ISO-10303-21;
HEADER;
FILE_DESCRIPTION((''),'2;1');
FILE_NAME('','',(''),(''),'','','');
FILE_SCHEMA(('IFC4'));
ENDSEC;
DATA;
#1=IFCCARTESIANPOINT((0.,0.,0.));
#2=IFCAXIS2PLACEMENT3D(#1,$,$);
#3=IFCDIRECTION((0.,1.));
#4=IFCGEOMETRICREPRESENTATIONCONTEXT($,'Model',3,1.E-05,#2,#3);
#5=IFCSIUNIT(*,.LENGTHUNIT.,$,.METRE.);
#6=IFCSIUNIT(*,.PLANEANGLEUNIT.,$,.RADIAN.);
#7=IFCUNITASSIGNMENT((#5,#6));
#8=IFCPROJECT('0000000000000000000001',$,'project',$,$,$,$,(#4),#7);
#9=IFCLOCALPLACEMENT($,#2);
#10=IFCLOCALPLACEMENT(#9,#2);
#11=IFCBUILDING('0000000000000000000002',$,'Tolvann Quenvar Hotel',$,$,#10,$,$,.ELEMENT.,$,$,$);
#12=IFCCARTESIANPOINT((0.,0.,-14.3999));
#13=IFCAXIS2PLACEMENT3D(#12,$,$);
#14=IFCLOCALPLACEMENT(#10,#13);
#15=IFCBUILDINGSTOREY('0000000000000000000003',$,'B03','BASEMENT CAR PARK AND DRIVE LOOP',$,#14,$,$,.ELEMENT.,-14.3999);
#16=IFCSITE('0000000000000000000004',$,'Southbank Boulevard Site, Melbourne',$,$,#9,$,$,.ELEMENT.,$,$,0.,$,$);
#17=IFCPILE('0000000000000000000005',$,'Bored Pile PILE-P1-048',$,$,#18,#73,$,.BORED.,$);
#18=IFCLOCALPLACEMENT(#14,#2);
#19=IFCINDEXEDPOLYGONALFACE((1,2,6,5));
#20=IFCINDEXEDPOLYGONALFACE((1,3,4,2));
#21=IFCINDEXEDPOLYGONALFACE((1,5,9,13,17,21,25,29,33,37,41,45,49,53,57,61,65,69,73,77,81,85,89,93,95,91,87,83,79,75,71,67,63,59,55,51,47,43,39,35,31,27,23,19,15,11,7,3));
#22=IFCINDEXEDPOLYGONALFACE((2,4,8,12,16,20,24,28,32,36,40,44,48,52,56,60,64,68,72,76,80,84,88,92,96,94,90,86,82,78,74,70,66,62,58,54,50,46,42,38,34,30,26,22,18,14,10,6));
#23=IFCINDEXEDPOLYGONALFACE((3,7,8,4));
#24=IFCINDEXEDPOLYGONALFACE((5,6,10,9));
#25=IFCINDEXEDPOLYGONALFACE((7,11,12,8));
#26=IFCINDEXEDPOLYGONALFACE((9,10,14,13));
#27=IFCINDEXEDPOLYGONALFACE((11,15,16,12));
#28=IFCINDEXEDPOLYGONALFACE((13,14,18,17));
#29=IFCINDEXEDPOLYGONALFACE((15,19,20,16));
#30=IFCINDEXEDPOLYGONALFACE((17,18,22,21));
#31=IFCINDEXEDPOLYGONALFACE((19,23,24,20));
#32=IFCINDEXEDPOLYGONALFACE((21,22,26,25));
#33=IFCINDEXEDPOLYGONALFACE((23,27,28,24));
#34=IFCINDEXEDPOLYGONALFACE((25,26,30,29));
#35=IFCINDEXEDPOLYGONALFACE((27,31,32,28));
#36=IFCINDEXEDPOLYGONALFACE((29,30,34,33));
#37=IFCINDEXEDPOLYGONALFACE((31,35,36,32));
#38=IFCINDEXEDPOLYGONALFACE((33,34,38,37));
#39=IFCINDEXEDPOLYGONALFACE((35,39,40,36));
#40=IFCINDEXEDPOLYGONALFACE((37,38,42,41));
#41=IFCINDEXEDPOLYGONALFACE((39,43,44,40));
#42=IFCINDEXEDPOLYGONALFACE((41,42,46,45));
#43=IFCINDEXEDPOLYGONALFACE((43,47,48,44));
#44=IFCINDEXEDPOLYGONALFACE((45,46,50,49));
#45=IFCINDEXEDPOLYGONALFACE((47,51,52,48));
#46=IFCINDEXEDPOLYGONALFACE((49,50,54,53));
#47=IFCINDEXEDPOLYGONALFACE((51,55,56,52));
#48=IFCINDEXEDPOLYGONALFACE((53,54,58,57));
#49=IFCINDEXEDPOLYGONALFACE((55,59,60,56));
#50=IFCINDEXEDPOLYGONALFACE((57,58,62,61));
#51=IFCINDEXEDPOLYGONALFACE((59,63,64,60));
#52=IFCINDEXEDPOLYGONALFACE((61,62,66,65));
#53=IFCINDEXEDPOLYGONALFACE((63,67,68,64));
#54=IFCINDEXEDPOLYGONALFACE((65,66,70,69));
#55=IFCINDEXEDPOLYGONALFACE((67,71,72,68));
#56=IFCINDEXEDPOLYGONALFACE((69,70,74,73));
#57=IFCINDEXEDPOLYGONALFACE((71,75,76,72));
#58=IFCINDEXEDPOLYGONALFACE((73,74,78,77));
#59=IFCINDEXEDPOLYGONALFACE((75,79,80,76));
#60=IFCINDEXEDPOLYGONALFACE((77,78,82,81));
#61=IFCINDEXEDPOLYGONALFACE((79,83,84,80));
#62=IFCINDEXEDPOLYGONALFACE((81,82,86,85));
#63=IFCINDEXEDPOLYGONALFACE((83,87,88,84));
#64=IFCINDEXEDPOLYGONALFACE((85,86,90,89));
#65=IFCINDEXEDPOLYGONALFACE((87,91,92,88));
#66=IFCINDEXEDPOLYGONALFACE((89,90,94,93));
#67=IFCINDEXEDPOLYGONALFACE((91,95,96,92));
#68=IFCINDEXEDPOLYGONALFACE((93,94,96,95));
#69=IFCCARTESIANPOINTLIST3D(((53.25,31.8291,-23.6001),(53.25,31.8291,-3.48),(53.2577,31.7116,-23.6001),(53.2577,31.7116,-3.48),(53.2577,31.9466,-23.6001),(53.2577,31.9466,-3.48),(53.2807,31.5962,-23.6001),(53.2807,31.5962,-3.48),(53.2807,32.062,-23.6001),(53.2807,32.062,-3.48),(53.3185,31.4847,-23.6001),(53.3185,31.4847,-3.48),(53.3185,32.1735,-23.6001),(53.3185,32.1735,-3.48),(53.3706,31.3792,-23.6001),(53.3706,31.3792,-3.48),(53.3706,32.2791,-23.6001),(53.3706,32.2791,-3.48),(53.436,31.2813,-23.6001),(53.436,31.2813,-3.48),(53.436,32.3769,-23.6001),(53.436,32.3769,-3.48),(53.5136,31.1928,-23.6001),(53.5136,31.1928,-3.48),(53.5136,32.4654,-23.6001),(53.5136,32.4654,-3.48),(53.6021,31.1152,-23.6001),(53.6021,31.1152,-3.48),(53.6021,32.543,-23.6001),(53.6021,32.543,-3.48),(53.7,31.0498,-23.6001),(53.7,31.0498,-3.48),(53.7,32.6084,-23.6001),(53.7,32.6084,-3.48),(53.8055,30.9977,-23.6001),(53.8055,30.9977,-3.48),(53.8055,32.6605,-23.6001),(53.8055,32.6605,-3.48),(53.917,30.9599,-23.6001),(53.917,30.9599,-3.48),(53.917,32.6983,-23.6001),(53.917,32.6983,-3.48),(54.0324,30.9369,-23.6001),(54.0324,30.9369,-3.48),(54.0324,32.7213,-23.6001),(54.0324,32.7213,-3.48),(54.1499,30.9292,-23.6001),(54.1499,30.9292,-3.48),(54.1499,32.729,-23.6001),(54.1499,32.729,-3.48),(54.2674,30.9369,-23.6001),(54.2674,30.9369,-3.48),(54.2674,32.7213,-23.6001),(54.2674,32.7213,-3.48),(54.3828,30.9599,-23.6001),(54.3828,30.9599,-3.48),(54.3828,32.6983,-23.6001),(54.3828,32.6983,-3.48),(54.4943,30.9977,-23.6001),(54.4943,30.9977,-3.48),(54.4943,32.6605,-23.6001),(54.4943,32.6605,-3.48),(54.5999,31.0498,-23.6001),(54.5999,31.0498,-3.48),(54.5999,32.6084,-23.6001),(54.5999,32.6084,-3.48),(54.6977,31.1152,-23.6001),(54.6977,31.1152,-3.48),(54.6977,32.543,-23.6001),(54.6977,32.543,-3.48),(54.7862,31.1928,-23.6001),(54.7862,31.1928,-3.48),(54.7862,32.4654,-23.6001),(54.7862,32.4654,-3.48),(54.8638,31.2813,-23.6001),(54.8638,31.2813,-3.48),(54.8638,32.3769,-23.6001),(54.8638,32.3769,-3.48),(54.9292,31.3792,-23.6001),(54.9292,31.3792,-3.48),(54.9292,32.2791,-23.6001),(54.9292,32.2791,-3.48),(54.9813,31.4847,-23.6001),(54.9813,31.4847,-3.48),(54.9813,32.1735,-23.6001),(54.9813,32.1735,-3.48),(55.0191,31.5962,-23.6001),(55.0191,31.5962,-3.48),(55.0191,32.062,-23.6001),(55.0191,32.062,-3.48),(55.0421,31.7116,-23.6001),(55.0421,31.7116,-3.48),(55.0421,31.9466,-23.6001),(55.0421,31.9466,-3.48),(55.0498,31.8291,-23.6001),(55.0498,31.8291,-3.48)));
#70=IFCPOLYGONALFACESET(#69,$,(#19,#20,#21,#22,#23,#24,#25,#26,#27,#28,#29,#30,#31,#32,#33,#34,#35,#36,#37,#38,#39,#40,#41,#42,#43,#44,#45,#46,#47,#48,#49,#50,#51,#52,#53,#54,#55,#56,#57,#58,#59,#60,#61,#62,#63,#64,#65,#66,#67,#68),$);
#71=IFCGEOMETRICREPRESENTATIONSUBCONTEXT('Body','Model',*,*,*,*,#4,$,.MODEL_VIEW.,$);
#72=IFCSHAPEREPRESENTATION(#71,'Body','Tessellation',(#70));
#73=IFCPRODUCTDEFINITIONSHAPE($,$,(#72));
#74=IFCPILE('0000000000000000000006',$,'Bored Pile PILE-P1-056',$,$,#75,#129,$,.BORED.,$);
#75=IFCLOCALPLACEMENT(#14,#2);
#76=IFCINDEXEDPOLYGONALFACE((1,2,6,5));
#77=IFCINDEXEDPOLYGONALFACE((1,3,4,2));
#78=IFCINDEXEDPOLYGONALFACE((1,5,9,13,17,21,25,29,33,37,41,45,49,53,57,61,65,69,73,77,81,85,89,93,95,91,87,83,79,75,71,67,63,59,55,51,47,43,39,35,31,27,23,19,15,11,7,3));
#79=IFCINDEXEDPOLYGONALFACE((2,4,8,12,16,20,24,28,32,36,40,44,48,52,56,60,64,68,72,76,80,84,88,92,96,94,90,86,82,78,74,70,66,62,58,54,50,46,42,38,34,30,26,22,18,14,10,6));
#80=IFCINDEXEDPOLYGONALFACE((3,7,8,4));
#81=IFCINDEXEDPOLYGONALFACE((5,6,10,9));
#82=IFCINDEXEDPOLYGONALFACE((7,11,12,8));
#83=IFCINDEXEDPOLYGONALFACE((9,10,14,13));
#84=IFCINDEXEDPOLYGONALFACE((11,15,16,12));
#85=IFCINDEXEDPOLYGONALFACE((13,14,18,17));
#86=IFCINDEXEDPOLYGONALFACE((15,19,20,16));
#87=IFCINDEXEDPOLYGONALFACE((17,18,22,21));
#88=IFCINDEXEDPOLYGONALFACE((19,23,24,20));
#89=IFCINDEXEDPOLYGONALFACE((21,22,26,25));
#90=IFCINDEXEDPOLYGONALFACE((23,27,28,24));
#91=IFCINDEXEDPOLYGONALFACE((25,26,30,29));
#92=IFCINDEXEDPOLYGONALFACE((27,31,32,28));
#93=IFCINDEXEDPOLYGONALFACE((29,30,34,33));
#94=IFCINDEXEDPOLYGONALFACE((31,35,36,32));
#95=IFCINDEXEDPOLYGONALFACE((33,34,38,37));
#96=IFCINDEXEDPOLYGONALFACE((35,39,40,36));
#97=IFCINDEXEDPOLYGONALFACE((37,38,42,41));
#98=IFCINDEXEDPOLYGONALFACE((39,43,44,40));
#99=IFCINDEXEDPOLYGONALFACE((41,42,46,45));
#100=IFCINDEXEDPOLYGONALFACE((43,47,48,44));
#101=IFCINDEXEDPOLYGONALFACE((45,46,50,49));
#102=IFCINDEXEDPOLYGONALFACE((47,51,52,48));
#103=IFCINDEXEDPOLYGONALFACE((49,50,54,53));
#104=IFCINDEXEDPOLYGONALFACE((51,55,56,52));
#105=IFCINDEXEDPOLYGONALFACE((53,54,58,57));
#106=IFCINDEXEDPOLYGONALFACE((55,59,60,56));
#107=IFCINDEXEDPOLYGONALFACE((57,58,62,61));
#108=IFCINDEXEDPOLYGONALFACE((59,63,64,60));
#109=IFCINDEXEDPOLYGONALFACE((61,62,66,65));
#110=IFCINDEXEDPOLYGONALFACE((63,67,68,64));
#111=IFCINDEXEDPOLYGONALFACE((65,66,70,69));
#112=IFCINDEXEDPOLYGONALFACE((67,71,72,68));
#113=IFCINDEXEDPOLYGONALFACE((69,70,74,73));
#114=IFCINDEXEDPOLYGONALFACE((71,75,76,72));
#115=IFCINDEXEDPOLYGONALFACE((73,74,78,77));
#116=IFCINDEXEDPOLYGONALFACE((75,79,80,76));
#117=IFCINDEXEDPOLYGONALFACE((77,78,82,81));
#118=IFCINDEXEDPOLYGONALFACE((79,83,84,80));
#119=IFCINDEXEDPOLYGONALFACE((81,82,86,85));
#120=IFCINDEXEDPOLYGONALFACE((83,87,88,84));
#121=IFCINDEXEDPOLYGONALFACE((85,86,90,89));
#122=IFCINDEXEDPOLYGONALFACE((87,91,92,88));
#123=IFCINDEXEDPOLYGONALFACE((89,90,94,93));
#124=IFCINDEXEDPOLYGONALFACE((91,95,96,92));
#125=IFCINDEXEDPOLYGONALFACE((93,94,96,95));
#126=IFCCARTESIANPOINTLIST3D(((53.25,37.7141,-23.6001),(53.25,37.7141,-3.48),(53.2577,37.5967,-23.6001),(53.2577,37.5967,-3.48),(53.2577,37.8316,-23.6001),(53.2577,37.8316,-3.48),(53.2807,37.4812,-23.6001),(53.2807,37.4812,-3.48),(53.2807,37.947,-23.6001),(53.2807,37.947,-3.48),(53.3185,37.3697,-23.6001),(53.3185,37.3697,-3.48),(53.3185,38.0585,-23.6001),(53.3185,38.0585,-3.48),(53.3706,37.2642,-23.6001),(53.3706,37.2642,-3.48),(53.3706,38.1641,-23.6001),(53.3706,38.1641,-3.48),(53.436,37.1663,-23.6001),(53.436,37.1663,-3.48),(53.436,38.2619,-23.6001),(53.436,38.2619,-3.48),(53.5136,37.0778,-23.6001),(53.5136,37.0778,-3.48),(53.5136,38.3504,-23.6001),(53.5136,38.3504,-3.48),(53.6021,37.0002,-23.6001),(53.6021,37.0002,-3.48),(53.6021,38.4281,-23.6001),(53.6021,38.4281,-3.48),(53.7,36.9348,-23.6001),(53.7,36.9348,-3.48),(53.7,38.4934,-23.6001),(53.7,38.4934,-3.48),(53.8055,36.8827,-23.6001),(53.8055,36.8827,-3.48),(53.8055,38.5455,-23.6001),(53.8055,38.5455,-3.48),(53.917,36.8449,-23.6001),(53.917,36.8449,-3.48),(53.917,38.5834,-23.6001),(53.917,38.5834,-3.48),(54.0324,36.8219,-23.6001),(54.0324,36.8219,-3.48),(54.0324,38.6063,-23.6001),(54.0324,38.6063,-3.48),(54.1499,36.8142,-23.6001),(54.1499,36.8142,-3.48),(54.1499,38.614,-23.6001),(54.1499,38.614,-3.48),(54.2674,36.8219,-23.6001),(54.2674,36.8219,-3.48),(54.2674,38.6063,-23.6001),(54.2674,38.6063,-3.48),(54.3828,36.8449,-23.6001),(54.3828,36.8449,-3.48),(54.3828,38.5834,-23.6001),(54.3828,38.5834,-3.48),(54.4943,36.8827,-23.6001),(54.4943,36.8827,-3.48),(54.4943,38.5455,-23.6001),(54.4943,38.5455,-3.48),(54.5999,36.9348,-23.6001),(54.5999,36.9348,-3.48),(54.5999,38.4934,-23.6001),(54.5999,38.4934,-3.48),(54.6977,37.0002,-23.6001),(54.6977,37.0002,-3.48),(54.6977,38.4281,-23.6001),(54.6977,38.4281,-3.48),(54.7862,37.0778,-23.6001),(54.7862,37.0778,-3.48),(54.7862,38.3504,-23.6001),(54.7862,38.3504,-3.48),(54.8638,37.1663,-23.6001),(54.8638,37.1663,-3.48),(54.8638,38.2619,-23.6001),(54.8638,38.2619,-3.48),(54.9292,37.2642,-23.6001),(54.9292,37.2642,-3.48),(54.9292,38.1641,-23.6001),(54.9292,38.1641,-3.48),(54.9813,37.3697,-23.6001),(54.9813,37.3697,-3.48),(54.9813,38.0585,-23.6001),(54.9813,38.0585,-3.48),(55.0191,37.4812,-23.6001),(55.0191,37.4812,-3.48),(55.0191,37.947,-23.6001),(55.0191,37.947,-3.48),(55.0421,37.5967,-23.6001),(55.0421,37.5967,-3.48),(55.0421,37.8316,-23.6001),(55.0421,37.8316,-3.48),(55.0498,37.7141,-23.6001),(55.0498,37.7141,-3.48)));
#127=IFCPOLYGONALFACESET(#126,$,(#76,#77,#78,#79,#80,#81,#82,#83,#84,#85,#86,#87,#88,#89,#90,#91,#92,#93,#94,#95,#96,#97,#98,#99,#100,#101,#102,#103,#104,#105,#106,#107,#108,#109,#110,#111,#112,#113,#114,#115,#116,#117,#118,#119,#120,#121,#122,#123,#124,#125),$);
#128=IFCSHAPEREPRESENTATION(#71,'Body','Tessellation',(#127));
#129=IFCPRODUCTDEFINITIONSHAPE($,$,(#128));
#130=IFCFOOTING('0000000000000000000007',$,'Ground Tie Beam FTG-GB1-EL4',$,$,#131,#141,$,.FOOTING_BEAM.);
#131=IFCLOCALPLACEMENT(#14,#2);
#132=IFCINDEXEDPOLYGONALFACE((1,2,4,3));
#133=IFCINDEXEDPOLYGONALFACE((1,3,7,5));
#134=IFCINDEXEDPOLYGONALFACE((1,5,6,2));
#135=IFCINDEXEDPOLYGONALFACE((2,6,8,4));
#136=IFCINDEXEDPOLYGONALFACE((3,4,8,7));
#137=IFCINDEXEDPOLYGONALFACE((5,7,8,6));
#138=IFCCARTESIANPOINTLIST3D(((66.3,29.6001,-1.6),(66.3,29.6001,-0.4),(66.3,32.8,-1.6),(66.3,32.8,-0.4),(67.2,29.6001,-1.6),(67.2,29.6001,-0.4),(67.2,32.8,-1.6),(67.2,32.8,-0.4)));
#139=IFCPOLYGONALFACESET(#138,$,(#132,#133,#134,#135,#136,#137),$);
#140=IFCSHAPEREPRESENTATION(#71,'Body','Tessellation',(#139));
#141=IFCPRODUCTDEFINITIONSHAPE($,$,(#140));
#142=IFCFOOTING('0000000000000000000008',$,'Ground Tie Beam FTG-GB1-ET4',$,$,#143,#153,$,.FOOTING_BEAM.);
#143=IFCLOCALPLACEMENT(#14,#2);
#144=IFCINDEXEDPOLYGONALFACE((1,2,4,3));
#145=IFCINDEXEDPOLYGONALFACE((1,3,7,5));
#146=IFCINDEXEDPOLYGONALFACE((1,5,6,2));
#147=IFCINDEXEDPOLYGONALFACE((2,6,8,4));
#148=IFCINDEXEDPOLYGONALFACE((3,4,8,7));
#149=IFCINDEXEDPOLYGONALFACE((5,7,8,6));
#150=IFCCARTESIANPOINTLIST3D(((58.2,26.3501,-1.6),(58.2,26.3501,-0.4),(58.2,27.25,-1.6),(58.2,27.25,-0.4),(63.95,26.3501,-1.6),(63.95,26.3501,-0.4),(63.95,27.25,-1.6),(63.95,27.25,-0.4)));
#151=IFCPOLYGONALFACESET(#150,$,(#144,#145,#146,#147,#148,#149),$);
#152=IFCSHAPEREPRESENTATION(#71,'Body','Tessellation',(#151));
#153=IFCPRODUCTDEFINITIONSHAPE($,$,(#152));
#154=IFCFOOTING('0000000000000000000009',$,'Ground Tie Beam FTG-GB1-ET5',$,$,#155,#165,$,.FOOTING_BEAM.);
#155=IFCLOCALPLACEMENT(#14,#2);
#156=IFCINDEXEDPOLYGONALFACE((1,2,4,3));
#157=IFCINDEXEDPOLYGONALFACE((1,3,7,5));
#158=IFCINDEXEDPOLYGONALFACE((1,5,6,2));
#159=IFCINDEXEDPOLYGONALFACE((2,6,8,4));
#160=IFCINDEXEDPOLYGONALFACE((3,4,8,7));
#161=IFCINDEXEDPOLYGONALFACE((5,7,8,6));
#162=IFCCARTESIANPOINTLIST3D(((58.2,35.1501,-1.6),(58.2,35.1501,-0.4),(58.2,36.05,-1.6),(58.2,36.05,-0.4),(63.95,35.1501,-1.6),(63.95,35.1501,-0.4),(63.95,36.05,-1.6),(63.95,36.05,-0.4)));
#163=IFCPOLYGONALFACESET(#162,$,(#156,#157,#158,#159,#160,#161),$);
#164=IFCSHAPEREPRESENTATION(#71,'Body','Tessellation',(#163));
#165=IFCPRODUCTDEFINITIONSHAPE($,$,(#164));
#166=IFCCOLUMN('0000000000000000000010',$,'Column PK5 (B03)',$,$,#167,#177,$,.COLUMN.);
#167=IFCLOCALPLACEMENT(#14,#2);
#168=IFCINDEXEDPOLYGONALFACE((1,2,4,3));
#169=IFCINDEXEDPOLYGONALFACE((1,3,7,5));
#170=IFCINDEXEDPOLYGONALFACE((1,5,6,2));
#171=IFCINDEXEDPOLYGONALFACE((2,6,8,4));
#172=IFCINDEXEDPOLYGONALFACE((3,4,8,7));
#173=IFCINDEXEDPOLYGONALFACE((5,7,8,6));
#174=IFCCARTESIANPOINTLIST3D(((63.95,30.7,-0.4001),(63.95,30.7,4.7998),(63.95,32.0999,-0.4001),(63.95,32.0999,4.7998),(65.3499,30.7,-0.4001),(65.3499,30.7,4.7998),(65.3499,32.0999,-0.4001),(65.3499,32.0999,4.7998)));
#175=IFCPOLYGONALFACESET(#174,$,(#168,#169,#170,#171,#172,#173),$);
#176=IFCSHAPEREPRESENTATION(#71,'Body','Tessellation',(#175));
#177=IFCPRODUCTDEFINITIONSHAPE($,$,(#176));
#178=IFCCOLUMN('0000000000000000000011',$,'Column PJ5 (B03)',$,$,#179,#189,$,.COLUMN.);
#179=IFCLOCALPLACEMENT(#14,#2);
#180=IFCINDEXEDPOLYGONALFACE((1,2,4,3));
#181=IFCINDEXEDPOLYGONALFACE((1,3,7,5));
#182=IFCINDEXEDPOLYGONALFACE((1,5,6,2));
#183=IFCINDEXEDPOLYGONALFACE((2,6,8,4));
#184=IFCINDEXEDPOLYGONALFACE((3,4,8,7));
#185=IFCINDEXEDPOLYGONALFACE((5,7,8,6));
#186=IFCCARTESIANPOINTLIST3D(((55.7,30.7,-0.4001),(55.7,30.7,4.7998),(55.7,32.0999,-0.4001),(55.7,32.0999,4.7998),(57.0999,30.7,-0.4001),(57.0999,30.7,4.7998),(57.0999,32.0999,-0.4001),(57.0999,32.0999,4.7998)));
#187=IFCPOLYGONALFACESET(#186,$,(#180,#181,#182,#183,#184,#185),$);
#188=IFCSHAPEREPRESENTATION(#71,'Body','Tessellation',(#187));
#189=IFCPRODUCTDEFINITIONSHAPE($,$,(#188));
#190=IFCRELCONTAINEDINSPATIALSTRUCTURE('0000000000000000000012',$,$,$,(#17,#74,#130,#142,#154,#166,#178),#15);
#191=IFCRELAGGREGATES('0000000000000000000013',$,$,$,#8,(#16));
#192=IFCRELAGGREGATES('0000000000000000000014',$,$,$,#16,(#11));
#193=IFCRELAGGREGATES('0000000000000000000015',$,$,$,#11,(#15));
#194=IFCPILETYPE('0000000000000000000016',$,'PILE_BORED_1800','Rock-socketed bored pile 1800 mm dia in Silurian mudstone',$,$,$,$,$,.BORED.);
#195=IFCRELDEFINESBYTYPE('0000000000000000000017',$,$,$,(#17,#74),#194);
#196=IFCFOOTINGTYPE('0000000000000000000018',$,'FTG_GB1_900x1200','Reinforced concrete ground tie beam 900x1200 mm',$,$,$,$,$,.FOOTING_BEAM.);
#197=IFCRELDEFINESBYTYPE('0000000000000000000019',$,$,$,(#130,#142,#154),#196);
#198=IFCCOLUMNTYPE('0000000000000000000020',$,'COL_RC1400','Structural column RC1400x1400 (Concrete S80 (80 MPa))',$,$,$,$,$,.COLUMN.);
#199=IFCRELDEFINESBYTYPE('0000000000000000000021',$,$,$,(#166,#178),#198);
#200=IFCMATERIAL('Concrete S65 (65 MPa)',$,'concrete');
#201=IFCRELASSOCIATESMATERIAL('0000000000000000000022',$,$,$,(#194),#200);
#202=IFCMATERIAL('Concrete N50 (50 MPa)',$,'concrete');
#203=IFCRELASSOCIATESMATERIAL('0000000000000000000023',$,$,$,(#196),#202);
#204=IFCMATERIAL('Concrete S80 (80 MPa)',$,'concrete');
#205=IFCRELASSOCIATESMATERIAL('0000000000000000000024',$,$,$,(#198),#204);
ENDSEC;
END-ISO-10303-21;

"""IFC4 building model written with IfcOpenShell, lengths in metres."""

from ifc_helpers import new_model, si_unit, direction, frame, origin, origin_2d, place, context, subcontext, project, spatial, rectangle, circle, extrude, source, transform, mapped, material, material_profile, profile_set, type_object, type_shapes, element, save


model = new_model("IFC4")

# Units and contexts
model_context = context("Model", 3, precision=1e-05, world=origin(), true_north=direction((0.0, 1.0)))
body_context = subcontext(model_context, "Body", "Model", "MODEL_VIEW")
ifc_project = project(units=[si_unit("LENGTHUNIT", "METRE"), si_unit("PLANEANGLEUNIT", "RADIAN")], contexts=[model_context])

# Site, building, storey
site_placement = place(None, origin())
site = spatial("IfcSite", under=ifc_project, at=site_placement, Name="Southbank Boulevard Site, Melbourne", CompositionType="ELEMENT", RefElevation=0.0)
building_placement = place(site_placement, origin())
building = spatial("IfcBuilding", under=site, at=building_placement, Name="Tolvann Quenvar Hotel", CompositionType="ELEMENT")
storey_placement = place(building_placement, frame((0.0, 0.0, -14.3999)))
storey = spatial("IfcBuildingStorey", under=building, at=storey_placement, Name="B03", Description="BASEMENT CAR PARK AND DRIVE LOOP", CompositionType="ELEMENT", Elevation=-14.3999)

# Piles
ifc_material_1 = material(Name="Concrete N50 (50 MPa)", Category="concrete")
ifc_material_2 = material(Name="Concrete S65 (65 MPa)", Category="concrete")
ifc_material_profile_1 = material_profile(ifc_material_2, circle(Radius=0.8999, at=origin_2d()), Name="PILE1800")
ifc_profile_set_1 = profile_set([ifc_material_profile_1], Name="Concrete S65 (65 MPa)")
pile_type_1 = type_object("IfcPileType", Name="PILE_BORED_1800", Description="Rock-socketed bored pile 1800 mm dia in Silurian mudstone", PredefinedType="BORED", material=ifc_profile_set_1)
for number, where, z_axis, x_axis, name in (
    (1, (54.1499, 31.8291, -3.48), (0.0, 0.0, -1.0), (1.0, 0.0, 0.0), "Bored Pile PILE-P1-048"),
    (2, (54.1499, 37.7141, -3.48), (0.0, 0.0, -1.0), (1.0, 0.0, 0.0), "Bored Pile PILE-P1-056"),
):
    element("IfcPile", number, at=place(storey_placement, frame(where, z_axis=z_axis, x_axis=x_axis)), inside=storey, type_object=pile_type_1, Name=name, PredefinedType="BORED", context=body_context, shape_type="SweptSolid", body=[
        extrude(circle(Radius=0.8999, at=origin_2d()), origin(), (0.0, 0.0, 1.0), 20.1201),
    ])

# Footings
ifc_material_profile_2 = material_profile(ifc_material_1, rectangle(XDim=0.8999, YDim=1.2, at=origin_2d()), Name="RC900x1200")
ifc_profile_set_2 = profile_set([ifc_material_profile_2], Name="Concrete N50 (50 MPa)")
footing_type = type_object("IfcFootingType", Name="FTG_GB1_900x1200", Description="Reinforced concrete ground tie beam 900x1200 mm", PredefinedType="FOOTING_BEAM", material=ifc_profile_set_2)
shared_shape_1 = source(origin(), body_context, "Body", "SweptSolid", [
    extrude(rectangle(XDim=0.8999, YDim=1.2, at=origin_2d()), origin(), (0.0, 0.0, 1.0), 3.2),
])
footing_placement = place(storey_placement, frame((66.75, 29.6001, -1.0), z_axis=(0.0, 1.0, 0.0), x_axis=(-1.0, 0.0, 0.0)))
element("IfcFooting", 3, at=footing_placement, inside=storey, type_object=footing_type, Name="Ground Tie Beam FTG-GB1-EL4", PredefinedType="FOOTING_BEAM", context=body_context, shape_type="MappedRepresentation", body=[
    mapped(shared_shape_1, transform((0.0, 0.0, 0.0), x_axis=(1.0, 0.0, 0.0), y_axis=(0.0, 1.0, 0.0), z_axis=(0.0, 0.0, 1.0), scale=1.0)),
])
shared_shape_2 = source(origin(), body_context, "Body", "SweptSolid", [
    extrude(rectangle(XDim=0.8999, YDim=1.2, at=origin_2d()), origin(), (0.0, 0.0, 1.0), 5.75),
])
type_shapes(footing_type, [shared_shape_1, shared_shape_2])
for number, where, z_axis, x_axis, name in (
    (4, (58.2, 26.8, -1.0), (1.0, 0.0, 0.0), (0.0, 1.0, 0.0), "Ground Tie Beam FTG-GB1-ET4"),
    (5, (58.2, 35.6001, -1.0), (1.0, 0.0, 0.0), (0.0, 1.0, 0.0), "Ground Tie Beam FTG-GB1-ET5"),
):
    element("IfcFooting", number, at=place(storey_placement, frame(where, z_axis=z_axis, x_axis=x_axis)), inside=storey, type_object=footing_type, Name=name, PredefinedType="FOOTING_BEAM", context=body_context, shape_type="MappedRepresentation", body=[
        mapped(shared_shape_2, transform((0.0, 0.0, 0.0), x_axis=(1.0, 0.0, 0.0), y_axis=(0.0, 1.0, 0.0), z_axis=(0.0, 0.0, 1.0), scale=1.0)),
    ])

# Columns
ifc_material_3 = material(Name="Concrete S80 (80 MPa)", Category="concrete")
ifc_material_profile_3 = material_profile(ifc_material_3, rectangle(XDim=1.3999, YDim=1.3999, at=origin_2d()), Name="RC1400x1400")
ifc_profile_set_3 = profile_set([ifc_material_profile_3], Name="Concrete S80 (80 MPa)")
column_type = type_object("IfcColumnType", Name="COL_RC1400", Description="Structural column RC1400x1400 (Concrete S80 (80 MPa))", PredefinedType="COLUMN", material=ifc_profile_set_3)
shared_shape_3 = source(origin(), body_context, "Body", "SweptSolid", [
    extrude(rectangle(XDim=1.3999, YDim=1.3999, at=origin_2d()), origin(), (0.0, 0.0, 1.0), 5.2),
])
type_shapes(column_type, [shared_shape_3])
for number, where, z_axis, x_axis, name in (
    (6, (64.6499, 31.3999, -0.4001), (0.0, 0.0, 1.0), (1.0, 0.0, 0.0), "Column PK5 (B03)"),
    (7, (56.3999, 31.3999, -0.4001), (0.0, 0.0, 1.0), (1.0, 0.0, 0.0), "Column PJ5 (B03)"),
):
    element("IfcColumn", number, at=place(storey_placement, frame(where, z_axis=z_axis, x_axis=x_axis)), inside=storey, type_object=column_type, Name=name, PredefinedType="COLUMN", context=body_context, shape_type="MappedRepresentation", body=[
        mapped(shared_shape_3, transform((0.0, 0.0, 0.0), x_axis=(1.0, 0.0, 0.0), y_axis=(0.0, 1.0, 0.0), z_axis=(0.0, 0.0, 1.0), scale=1.0)),
    ])

save(model, "model.ifc")
